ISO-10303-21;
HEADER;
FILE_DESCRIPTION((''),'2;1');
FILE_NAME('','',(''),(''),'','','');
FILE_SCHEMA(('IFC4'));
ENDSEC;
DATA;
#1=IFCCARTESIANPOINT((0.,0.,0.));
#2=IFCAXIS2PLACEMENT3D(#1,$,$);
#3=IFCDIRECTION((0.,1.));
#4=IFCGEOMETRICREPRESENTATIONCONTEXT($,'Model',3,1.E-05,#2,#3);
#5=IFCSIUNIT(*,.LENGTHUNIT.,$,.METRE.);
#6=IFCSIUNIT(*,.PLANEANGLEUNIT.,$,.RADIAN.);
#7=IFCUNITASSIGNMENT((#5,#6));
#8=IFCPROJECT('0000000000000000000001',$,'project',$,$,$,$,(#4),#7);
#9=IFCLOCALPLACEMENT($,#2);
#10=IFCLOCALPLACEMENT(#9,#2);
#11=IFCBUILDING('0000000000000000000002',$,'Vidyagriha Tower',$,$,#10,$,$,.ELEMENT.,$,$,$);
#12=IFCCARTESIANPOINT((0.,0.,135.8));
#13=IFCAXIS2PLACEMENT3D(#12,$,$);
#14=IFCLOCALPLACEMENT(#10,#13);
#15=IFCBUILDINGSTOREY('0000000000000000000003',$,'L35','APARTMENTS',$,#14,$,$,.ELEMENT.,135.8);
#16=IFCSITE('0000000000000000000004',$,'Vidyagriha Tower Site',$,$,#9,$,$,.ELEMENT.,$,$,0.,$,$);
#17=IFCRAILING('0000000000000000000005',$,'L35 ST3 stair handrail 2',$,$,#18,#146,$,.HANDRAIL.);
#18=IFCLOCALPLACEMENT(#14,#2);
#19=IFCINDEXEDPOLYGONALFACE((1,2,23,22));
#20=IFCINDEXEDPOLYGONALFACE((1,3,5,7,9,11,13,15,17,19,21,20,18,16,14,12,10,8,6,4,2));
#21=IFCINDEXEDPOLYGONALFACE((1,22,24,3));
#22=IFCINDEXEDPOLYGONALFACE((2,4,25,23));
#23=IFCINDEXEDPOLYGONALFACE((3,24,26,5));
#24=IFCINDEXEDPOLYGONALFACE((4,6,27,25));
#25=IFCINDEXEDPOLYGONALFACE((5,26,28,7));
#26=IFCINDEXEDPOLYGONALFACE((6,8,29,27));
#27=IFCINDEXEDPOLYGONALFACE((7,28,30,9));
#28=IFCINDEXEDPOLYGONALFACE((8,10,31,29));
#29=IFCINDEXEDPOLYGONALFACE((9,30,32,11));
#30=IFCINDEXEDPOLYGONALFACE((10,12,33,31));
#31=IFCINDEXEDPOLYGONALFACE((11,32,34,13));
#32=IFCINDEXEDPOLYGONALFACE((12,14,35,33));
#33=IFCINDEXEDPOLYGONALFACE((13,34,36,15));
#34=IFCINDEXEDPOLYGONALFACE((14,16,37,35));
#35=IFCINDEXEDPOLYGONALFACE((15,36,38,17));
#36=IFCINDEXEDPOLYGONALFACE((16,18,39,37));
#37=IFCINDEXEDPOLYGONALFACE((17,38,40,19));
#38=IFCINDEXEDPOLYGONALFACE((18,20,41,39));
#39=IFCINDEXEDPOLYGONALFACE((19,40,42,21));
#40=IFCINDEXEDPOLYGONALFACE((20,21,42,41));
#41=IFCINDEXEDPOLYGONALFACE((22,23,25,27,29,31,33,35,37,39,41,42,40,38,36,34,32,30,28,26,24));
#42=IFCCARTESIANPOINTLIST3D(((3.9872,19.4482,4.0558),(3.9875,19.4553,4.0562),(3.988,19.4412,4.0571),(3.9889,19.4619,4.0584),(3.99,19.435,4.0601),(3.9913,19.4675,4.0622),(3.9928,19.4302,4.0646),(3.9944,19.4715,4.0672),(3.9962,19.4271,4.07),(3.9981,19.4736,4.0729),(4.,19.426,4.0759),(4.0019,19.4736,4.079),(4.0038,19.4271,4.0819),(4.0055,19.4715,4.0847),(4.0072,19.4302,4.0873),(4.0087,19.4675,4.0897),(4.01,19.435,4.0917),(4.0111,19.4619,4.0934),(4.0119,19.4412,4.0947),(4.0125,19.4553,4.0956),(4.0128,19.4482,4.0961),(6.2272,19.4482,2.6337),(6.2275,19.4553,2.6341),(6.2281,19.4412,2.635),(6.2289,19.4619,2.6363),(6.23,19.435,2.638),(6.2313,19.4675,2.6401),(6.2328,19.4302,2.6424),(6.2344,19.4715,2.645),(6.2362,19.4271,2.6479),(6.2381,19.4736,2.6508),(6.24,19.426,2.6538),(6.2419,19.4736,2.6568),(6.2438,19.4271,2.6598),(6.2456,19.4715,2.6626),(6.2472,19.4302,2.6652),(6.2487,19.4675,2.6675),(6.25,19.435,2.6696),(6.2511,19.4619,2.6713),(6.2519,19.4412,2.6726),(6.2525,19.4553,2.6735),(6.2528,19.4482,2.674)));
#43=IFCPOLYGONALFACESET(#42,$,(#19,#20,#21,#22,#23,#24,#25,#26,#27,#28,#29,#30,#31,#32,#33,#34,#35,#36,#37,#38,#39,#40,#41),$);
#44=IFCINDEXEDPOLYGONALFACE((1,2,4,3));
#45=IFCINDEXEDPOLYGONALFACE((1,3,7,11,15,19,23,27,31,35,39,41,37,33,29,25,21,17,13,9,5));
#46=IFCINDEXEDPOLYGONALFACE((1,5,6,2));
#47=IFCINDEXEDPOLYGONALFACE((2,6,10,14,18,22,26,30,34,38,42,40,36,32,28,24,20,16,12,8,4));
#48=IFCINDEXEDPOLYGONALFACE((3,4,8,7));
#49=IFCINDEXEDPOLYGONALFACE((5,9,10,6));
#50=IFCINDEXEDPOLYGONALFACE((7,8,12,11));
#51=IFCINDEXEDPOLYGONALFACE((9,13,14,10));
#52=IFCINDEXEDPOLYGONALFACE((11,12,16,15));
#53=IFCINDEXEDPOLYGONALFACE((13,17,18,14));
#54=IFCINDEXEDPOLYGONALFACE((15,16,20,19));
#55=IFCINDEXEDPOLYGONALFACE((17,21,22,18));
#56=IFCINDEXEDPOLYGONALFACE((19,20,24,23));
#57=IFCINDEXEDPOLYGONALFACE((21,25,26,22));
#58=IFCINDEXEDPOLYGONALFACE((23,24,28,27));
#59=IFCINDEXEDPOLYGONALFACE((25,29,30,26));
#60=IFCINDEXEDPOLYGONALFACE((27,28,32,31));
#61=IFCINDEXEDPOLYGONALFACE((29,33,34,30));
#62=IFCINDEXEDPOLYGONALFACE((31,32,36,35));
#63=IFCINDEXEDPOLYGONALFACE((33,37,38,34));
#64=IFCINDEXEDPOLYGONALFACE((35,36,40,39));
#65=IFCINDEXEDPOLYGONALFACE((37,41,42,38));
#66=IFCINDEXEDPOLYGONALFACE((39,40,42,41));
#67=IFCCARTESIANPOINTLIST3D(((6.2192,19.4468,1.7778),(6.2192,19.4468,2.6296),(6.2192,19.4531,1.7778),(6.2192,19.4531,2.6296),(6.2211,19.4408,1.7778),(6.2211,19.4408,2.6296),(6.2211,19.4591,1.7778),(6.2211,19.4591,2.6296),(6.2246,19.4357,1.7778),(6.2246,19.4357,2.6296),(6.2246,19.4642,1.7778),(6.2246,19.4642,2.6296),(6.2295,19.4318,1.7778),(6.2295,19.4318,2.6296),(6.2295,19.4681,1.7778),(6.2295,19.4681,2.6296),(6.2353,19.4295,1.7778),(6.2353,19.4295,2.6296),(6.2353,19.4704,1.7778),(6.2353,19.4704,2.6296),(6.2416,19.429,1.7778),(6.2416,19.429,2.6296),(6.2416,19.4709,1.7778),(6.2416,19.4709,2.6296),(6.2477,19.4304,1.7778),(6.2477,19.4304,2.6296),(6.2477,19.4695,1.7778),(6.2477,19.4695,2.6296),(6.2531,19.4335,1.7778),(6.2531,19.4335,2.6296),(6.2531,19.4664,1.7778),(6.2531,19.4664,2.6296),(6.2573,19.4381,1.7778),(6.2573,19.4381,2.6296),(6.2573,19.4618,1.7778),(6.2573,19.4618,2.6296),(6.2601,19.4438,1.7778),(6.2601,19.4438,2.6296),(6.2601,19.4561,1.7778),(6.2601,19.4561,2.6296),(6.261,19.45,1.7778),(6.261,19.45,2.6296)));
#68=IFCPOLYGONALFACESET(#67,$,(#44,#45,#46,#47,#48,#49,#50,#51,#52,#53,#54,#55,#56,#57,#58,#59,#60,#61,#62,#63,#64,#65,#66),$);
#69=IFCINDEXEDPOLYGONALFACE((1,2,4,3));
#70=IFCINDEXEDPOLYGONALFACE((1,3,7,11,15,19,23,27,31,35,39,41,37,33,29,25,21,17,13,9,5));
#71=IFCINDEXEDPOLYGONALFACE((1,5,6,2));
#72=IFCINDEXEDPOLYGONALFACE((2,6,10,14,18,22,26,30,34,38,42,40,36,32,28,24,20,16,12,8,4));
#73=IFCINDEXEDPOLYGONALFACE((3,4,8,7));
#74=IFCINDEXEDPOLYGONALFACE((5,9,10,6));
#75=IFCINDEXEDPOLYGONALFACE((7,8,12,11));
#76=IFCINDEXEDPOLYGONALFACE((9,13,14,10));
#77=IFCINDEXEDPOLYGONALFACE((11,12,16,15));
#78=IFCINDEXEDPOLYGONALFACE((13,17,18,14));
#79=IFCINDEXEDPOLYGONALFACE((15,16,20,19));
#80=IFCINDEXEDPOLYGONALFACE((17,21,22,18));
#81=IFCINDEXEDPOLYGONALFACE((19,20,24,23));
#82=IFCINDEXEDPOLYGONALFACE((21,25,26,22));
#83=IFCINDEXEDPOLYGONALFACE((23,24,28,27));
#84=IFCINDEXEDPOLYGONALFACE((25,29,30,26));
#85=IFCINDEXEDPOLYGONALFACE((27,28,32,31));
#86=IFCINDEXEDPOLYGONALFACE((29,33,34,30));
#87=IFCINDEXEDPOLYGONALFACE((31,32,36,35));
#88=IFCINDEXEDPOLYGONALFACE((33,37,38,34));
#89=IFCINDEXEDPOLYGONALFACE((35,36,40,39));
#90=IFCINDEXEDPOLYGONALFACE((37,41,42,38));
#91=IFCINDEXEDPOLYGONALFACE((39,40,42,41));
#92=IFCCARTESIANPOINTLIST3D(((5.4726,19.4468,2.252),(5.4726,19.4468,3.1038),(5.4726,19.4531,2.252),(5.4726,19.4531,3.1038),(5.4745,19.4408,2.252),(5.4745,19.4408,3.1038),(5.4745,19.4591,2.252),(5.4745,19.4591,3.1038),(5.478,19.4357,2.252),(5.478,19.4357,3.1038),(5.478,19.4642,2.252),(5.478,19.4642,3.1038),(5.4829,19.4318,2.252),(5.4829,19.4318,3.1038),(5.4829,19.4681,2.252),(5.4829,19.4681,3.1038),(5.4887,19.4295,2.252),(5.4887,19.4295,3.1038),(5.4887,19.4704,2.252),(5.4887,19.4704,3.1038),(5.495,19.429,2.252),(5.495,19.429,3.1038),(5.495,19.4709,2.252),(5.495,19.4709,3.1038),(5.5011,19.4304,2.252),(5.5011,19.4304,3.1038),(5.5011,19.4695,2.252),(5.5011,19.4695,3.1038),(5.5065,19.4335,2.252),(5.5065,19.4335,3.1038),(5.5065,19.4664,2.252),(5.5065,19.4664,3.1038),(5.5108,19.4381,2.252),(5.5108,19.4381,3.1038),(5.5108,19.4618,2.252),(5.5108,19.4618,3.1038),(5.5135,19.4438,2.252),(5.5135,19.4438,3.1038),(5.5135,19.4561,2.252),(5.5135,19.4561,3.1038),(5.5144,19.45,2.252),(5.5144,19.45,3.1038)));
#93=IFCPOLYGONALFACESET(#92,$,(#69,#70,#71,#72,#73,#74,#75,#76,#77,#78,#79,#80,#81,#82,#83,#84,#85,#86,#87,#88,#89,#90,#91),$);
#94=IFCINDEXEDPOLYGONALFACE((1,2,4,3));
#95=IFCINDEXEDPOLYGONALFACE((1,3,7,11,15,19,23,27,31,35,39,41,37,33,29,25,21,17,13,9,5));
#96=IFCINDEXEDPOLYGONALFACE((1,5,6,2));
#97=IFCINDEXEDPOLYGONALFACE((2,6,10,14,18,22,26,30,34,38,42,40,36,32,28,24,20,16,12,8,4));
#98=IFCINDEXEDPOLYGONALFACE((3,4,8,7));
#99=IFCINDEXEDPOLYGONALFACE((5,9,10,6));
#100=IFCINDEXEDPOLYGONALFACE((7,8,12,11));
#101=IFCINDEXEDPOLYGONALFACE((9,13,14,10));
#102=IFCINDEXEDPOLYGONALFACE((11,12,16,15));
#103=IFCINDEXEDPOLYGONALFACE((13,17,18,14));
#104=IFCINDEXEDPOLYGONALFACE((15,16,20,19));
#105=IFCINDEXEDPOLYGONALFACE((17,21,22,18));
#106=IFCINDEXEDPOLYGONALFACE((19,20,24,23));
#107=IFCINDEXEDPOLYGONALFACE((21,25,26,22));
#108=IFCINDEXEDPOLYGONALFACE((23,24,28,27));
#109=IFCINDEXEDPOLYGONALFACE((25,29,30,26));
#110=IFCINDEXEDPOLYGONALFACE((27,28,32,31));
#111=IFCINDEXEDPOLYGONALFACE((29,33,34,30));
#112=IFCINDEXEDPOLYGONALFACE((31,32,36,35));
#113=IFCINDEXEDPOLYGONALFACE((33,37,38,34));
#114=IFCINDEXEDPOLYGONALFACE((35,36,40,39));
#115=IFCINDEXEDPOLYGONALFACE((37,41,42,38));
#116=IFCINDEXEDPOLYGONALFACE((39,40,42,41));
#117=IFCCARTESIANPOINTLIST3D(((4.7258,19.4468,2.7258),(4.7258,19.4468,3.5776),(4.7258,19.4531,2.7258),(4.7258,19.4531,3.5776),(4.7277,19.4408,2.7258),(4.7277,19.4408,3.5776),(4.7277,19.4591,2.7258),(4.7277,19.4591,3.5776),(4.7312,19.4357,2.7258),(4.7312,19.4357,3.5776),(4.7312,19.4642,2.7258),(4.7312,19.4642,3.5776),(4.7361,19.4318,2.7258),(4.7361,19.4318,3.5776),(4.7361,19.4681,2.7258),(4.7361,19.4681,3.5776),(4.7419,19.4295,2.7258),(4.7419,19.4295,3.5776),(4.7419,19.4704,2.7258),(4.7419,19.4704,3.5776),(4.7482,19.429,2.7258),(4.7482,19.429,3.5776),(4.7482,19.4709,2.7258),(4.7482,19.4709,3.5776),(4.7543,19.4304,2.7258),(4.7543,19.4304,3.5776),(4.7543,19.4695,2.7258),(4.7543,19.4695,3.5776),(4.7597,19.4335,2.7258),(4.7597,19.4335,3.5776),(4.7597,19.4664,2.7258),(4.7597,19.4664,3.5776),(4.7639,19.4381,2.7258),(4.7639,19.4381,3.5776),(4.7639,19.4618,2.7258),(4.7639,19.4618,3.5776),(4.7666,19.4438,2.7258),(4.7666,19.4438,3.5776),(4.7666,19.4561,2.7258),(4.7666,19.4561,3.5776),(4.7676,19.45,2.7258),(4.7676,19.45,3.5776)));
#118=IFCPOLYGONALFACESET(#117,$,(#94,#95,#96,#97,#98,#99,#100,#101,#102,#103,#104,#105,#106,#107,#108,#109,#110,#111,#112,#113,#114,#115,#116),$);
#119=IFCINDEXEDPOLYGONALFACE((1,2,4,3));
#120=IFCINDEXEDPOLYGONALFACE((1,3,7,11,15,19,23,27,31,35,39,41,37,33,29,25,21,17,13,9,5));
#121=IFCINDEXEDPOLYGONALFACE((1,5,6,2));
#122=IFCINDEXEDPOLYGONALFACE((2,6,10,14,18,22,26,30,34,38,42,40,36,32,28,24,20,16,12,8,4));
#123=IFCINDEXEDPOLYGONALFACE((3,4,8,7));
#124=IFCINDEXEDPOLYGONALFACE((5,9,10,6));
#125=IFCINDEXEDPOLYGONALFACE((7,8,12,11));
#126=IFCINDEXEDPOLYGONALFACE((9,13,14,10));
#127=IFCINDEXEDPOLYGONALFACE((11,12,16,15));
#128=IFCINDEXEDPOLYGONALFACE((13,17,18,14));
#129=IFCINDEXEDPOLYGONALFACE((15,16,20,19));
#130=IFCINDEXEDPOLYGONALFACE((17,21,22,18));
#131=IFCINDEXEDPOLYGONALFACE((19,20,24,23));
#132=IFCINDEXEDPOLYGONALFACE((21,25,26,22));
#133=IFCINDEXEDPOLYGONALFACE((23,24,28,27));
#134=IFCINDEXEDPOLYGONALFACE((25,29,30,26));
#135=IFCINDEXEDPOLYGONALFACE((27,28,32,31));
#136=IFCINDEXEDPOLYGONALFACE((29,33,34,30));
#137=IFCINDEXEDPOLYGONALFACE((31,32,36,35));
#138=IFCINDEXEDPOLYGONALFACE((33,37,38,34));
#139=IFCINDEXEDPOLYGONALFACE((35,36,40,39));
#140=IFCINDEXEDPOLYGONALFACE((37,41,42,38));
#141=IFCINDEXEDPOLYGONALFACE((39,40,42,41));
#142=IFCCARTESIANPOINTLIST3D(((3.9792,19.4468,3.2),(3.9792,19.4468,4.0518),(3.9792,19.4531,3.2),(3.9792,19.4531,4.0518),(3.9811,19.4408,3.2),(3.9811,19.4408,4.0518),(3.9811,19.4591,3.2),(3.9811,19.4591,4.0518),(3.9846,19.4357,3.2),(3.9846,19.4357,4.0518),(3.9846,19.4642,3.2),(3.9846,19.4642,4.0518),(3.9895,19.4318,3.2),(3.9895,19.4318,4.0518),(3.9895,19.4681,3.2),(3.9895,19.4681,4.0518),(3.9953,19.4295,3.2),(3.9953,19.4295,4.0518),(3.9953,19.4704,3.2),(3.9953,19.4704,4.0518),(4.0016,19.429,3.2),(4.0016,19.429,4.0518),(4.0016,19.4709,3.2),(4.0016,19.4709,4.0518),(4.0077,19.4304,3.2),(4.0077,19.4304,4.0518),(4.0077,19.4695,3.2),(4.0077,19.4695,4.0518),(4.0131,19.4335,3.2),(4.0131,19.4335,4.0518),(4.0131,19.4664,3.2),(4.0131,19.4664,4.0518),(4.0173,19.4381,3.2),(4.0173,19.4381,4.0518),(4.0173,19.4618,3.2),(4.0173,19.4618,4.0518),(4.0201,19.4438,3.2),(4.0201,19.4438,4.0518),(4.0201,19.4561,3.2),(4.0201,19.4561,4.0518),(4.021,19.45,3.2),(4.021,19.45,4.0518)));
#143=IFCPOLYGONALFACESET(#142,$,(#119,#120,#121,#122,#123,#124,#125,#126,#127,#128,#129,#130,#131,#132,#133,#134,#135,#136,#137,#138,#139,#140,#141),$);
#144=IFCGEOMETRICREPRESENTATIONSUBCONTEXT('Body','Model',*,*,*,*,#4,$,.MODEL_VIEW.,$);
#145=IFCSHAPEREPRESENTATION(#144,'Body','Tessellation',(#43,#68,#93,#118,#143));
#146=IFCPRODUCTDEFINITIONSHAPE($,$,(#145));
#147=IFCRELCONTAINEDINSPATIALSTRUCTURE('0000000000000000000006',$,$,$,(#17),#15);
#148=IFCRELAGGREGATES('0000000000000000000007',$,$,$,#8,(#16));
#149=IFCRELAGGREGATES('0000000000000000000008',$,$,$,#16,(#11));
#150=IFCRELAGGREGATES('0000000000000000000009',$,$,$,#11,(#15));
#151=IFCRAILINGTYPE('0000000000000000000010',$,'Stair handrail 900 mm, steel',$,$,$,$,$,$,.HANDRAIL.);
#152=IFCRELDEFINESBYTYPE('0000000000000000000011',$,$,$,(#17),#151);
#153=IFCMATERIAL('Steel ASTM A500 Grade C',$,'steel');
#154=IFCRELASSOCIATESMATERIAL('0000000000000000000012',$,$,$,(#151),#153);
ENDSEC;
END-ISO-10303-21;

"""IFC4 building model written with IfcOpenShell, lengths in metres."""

from ifc_helpers import new_model, si_unit, direction, frame, origin, origin_2d, place, context, subcontext, project, spatial, circle, extrude, material, type_object, element, save


model = new_model("IFC4")

# Units and contexts
model_context = context("Model", 3, precision=1e-05, world=origin(), true_north=direction((0.0, 1.0)))
body_context = subcontext(model_context, "Body", "Model", "MODEL_VIEW")
ifc_project = project(units=[si_unit("LENGTHUNIT", "METRE"), si_unit("PLANEANGLEUNIT", "RADIAN")], contexts=[model_context])

# Site, building, storey
site_placement = place(None, origin())
site = spatial("IfcSite", under=ifc_project, at=site_placement, Name="Vidyagriha Tower Site", CompositionType="ELEMENT", RefElevation=0.0)
building_placement = place(site_placement, origin())
building = spatial("IfcBuilding", under=site, at=building_placement, Name="Vidyagriha Tower", CompositionType="ELEMENT")
storey_placement = place(building_placement, frame((0.0, 0.0, 135.8)))
storey = spatial("IfcBuildingStorey", under=building, at=storey_placement, Name="L35", Description="APARTMENTS", CompositionType="ELEMENT", Elevation=135.8)

# Railing
ifc_material_1 = material(Name="Steel ASTM A500 Grade C", Category="steel")
railing_type_1 = type_object("IfcRailingType", Name="Stair handrail 900 mm, steel", PredefinedType="HANDRAIL", material=ifc_material_1)
for number, where, name in (
    (1, (6.24, 19.45, 1.7778), "L35 ST3 stair handrail 2"),
):
    element("IfcRailing", number, at=place(storey_placement, frame(where)), inside=storey, type_object=railing_type_1, Name=name, PredefinedType="HANDRAIL", context=body_context, shape_type="SweptSolid", body=[
        extrude(circle(Radius=0.0239, at=origin_2d()), frame((0.0, 0.0, 0.876), z_axis=(-0.844229, 0.0, 0.535982), x_axis=(0.0, -1.0, 0.0)), (0.0, 0.0, 1.0), 2.6533),
        extrude(circle(Radius=0.021, at=origin_2d()), origin(), (0.0, 0.0, 1.0), 0.8518),
        extrude(circle(Radius=0.021, at=origin_2d()), frame((-0.7466, 0.0, 0.4741)), (0.0, 0.0, 1.0), 0.8518),
        extrude(circle(Radius=0.021, at=origin_2d()), frame((-1.4934, 0.0, 0.948)), (0.0, 0.0, 1.0), 0.8518),
        extrude(circle(Radius=0.021, at=origin_2d()), frame((-2.24, 0.0, 1.4221)), (0.0, 0.0, 1.0), 0.8518),
    ])

save(model, "model.ifc")
